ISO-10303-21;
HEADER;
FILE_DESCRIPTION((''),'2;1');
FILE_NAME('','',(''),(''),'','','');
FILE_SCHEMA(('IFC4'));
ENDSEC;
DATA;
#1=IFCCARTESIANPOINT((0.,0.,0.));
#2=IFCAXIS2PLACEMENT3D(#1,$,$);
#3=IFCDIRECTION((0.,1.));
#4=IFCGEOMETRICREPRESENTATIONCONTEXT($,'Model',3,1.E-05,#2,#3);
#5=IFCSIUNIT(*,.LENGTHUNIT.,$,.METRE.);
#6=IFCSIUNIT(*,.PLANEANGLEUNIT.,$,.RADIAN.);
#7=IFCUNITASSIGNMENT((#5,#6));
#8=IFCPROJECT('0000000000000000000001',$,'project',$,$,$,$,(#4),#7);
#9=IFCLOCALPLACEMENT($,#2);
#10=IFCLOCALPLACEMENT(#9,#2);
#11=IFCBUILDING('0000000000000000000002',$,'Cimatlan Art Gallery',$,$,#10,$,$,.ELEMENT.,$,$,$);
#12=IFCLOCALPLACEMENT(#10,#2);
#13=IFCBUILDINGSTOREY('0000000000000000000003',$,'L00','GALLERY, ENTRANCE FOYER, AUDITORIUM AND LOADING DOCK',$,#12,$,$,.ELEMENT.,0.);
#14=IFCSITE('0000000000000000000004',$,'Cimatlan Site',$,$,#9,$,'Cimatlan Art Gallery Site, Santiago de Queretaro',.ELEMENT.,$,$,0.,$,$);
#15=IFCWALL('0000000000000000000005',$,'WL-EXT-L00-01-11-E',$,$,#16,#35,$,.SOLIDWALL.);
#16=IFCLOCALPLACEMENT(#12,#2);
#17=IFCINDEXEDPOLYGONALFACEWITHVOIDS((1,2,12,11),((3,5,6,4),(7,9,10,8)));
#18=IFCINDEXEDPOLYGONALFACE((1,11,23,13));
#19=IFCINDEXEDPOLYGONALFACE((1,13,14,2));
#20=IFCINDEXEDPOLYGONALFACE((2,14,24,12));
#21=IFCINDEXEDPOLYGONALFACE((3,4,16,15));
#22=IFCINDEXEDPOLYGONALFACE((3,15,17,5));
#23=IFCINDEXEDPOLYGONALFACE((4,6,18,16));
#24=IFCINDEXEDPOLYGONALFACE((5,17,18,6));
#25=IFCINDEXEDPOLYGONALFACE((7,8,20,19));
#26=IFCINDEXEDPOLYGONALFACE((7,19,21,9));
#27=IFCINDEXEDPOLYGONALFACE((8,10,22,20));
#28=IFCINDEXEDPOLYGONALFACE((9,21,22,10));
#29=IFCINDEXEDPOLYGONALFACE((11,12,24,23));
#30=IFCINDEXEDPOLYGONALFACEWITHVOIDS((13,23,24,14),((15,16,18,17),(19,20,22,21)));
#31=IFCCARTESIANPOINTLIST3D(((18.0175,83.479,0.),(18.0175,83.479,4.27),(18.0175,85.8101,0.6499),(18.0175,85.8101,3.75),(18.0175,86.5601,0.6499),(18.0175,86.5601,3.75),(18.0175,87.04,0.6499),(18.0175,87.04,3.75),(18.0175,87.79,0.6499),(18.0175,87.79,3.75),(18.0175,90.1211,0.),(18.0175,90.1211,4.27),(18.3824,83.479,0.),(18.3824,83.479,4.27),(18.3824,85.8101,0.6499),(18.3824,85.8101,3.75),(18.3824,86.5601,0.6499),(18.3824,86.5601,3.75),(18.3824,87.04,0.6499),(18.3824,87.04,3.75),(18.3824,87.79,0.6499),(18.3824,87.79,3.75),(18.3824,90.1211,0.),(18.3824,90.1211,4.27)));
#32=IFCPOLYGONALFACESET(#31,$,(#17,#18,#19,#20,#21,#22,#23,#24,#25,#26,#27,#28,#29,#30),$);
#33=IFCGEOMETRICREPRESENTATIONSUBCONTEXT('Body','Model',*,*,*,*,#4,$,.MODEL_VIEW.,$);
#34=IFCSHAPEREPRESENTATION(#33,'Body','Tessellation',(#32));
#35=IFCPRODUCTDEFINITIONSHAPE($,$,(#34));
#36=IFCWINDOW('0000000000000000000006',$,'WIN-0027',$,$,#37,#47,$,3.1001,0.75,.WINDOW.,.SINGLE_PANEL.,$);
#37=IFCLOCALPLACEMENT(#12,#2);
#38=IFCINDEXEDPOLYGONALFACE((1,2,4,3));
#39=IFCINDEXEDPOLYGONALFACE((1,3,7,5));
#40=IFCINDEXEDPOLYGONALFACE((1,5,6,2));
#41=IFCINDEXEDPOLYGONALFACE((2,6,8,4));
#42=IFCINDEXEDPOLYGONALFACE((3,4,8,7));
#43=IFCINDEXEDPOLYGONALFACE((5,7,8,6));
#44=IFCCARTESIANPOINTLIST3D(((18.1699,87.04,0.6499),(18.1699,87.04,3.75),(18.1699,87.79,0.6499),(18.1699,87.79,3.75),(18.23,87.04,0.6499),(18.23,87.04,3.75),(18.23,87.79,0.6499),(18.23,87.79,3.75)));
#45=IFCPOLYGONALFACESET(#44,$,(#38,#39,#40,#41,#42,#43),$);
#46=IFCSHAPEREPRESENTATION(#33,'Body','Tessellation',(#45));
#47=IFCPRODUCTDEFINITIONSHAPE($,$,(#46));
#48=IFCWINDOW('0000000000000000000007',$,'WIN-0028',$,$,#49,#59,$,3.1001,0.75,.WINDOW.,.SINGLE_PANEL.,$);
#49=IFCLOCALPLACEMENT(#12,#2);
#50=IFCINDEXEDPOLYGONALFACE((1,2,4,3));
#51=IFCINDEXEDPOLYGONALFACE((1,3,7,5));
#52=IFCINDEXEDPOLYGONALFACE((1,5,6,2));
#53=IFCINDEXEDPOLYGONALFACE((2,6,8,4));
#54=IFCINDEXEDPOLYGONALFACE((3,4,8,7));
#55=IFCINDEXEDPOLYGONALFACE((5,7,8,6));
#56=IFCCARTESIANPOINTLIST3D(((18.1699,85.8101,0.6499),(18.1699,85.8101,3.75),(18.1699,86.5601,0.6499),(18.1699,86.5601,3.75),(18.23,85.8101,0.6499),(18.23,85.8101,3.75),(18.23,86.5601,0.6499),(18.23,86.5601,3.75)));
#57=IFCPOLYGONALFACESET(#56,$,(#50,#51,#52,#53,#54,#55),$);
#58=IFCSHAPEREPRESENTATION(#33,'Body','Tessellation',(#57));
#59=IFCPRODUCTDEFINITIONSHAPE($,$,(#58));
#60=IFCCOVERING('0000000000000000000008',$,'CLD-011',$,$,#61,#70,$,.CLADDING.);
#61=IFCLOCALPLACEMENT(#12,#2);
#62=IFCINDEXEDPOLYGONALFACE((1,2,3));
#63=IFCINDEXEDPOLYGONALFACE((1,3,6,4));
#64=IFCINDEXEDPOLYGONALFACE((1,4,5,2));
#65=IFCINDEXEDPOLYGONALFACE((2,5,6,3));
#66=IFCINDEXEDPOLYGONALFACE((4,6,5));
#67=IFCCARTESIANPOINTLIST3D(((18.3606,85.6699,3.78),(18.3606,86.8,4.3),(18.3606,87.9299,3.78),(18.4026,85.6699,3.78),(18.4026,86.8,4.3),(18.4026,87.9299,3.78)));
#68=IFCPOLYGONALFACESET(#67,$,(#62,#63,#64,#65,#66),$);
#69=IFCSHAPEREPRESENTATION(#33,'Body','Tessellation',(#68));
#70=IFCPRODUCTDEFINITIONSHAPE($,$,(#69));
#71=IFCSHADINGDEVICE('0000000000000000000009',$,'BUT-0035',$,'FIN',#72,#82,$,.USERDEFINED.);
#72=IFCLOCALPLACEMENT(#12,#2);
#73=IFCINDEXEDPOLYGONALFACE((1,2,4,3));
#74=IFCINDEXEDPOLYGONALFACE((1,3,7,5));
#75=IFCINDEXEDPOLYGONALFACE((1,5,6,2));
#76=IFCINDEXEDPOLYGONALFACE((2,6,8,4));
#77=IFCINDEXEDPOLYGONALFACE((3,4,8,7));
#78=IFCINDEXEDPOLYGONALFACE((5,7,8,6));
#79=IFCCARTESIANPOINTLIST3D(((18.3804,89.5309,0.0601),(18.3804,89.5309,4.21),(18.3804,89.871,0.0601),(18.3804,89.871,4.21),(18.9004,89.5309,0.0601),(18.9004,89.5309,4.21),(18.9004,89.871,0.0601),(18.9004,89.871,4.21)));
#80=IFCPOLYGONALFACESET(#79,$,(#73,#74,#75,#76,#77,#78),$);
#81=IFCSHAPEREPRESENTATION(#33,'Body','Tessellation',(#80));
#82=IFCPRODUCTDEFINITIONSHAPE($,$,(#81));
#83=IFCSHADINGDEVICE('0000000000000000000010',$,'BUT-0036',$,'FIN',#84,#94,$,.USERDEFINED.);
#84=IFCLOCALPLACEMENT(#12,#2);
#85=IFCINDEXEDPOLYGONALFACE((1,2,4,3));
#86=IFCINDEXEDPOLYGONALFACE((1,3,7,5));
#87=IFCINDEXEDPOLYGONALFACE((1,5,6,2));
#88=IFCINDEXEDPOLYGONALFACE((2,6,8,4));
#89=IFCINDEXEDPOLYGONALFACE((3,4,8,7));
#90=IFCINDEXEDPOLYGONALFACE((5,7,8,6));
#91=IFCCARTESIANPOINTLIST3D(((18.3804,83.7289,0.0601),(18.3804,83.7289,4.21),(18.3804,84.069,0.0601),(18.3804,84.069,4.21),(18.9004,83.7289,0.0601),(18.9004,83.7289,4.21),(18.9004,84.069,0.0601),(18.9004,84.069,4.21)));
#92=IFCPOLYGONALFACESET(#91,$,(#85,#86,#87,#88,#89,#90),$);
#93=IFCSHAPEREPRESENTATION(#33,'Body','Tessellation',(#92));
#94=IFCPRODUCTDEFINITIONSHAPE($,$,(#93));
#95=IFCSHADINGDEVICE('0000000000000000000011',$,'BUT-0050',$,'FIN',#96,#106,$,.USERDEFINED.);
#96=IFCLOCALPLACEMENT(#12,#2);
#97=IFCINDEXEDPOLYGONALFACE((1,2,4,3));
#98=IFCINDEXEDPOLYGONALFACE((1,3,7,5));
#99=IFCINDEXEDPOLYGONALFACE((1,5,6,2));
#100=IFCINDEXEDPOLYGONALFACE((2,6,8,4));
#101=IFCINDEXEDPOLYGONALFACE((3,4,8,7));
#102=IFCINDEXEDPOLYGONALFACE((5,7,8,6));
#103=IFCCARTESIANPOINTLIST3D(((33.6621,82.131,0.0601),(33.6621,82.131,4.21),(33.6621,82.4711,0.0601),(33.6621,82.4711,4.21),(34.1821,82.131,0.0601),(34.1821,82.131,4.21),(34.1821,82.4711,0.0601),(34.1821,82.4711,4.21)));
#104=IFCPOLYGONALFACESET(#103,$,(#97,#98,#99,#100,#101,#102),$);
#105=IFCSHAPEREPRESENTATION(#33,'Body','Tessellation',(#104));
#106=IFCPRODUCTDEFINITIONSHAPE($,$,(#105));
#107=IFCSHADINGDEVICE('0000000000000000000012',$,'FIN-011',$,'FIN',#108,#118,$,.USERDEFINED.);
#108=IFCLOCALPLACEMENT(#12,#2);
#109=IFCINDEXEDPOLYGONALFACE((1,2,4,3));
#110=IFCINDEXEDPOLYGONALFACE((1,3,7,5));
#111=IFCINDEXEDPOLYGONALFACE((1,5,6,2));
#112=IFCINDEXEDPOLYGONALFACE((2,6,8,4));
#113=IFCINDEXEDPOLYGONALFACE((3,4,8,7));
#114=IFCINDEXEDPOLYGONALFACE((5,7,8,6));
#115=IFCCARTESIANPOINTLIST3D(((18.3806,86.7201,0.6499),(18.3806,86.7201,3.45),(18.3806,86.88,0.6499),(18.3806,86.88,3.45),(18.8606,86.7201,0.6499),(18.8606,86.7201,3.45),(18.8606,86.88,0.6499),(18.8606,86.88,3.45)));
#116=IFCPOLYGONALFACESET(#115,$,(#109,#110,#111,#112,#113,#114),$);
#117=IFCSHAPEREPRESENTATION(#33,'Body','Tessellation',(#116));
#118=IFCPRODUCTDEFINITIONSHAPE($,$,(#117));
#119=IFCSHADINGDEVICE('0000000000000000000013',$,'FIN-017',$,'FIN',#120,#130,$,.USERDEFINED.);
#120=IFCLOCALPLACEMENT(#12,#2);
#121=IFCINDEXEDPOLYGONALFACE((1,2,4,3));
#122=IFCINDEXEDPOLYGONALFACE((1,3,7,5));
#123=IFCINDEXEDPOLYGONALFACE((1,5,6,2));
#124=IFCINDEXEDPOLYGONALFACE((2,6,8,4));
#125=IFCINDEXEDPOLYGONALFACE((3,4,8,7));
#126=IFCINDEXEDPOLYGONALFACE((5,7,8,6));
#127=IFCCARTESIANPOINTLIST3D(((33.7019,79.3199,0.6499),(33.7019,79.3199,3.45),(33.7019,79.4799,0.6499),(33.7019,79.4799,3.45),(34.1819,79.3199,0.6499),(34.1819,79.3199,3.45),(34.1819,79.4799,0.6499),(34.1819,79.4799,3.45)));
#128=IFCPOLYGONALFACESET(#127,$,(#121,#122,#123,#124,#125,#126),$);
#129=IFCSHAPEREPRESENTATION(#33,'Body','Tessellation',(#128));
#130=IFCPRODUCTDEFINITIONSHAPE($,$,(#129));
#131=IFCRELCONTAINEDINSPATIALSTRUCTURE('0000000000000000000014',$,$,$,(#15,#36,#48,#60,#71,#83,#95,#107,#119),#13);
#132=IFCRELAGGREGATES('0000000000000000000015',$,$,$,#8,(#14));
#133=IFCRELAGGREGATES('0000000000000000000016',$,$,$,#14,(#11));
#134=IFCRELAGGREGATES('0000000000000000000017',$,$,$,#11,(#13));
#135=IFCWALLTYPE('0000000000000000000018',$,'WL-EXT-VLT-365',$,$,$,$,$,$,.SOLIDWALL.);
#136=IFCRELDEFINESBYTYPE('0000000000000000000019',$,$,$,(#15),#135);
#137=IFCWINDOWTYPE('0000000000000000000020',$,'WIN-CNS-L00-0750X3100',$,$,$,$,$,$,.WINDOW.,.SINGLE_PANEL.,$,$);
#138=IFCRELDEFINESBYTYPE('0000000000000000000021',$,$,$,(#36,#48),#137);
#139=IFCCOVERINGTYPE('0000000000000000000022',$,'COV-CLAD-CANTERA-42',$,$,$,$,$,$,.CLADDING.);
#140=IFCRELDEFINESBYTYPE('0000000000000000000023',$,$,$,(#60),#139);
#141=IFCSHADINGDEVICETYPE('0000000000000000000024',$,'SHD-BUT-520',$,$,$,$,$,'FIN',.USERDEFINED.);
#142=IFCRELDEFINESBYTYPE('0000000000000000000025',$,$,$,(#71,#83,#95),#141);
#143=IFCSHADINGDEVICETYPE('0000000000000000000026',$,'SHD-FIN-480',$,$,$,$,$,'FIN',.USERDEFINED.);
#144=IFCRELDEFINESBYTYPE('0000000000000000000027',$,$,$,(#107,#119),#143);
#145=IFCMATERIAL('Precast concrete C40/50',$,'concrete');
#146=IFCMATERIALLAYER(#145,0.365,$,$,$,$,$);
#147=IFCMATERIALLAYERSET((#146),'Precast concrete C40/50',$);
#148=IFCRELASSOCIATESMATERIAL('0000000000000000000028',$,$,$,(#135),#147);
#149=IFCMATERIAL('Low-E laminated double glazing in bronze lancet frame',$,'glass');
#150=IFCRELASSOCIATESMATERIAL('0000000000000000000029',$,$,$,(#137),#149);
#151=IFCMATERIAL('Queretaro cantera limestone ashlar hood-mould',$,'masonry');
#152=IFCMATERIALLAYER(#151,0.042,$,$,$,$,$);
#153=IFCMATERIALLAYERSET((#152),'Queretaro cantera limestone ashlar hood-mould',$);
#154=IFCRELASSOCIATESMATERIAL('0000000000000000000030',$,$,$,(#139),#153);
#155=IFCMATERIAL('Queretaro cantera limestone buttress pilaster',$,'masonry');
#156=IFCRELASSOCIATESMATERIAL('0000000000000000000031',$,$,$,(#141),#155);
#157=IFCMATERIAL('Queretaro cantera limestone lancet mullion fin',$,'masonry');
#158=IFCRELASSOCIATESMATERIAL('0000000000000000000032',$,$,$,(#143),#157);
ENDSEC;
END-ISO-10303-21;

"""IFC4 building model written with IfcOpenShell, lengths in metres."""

from ifc_helpers import new_model, si_unit, direction, frame, frame_2d, origin, origin_2d, place, context, subcontext, project, spatial, polyline, rectangle, outline, extrude, material, layer, layer_set, type_object, element, fill, save


model = new_model("IFC4")

# Units and contexts
model_context = context("Model", 3, precision=1e-05, world=origin(), true_north=direction((0.0, 1.0)))
body_context = subcontext(model_context, "Body", "Model", "MODEL_VIEW")
ifc_project = project(units=[si_unit("LENGTHUNIT", "METRE"), si_unit("PLANEANGLEUNIT", "RADIAN")], contexts=[model_context])

# Site, building, storey
site_placement = place(None, origin())
site = spatial("IfcSite", under=ifc_project, at=site_placement, Name="Cimatlan Site", LongName="Cimatlan Art Gallery Site, Santiago de Queretaro", CompositionType="ELEMENT", RefElevation=0.0)
building_placement = place(site_placement, origin())
building = spatial("IfcBuilding", under=site, at=building_placement, Name="Cimatlan Art Gallery", CompositionType="ELEMENT")
storey_placement = place(building_placement, origin())
storey = spatial("IfcBuildingStorey", under=building, at=storey_placement, Name="L00", Description="GALLERY, ENTRANCE FOYER, AUDITORIUM AND LOADING DOCK", CompositionType="ELEMENT", Elevation=0.0)

# Wall, openings, windows
ifc_material_1 = material(Name="Precast concrete C40/50", Category="concrete")
ifc_layer_1 = layer(ifc_material_1, 0.365)
ifc_layer_set_1 = layer_set([ifc_layer_1], Name="Precast concrete C40/50")
wall_type = type_object("IfcWallType", Name="WL-EXT-VLT-365", PredefinedType="SOLIDWALL", material=ifc_layer_set_1)
wall_placement = place(storey_placement, frame((18.2, 90.1211, 0.0), z_axis=(0.0, 0.0, 1.0), x_axis=(0.0, -1.0, 0.0)))
wall = element("IfcWall", 1, at=wall_placement, inside=storey, type_object=wall_type, Name="WL-EXT-L00-01-11-E", PredefinedType="SOLIDWALL", context=body_context, shape_type="SweptSolid", body=[
    extrude(rectangle(XDim=6.6421, YDim=0.365, at=frame_2d((3.321, 0.0))), origin(), (0.0, 0.0, 1.0), 4.27),
])
opening_1_placement = place(wall_placement, frame((2.3311, 0.0, 0.6499)))
opening_1 = element("IfcOpeningElement", 2, at=opening_1_placement, cuts=wall, PredefinedType="OPENING", context=body_context, shape_type="SweptSolid", body=[
    extrude(rectangle(XDim=0.75, YDim=3.1001, at=frame_2d((0.375, 1.55))), frame((0.0, 0.1924, 0.0), z_axis=(0.0, -1.0, 0.0), x_axis=(1.0, 0.0, 0.0)), (0.0, 0.0, 1.0), 0.385),
])
opening_2_placement = place(wall_placement, frame((3.561, 0.0, 0.6499)))
opening_2 = element("IfcOpeningElement", 3, at=opening_2_placement, cuts=wall, PredefinedType="OPENING", context=body_context, shape_type="SweptSolid", body=[
    extrude(rectangle(XDim=0.75, YDim=3.1001, at=frame_2d((0.375, 1.55))), frame((0.0, 0.1924, 0.0), z_axis=(0.0, -1.0, 0.0), x_axis=(1.0, 0.0, 0.0)), (0.0, 0.0, 1.0), 0.385),
])
ifc_material_2 = material(Name="Low-E laminated double glazing in bronze lancet frame", Category="glass")
window_type = type_object("IfcWindowType", Name="WIN-CNS-L00-0750X3100", PartitioningType="SINGLE_PANEL", PredefinedType="WINDOW", material=ifc_material_2)
window_1_placement = place(opening_1_placement, origin())
window_1 = element("IfcWindow", 4, at=window_1_placement, inside=storey, type_object=window_type, Name="WIN-0027", OverallHeight=3.1001, OverallWidth=0.75, PartitioningType="SINGLE_PANEL", PredefinedType="WINDOW", context=body_context, shape_type="SweptSolid", body=[
    extrude(rectangle(XDim=0.75, YDim=3.1001, at=frame_2d((0.375, 1.55))), frame((0.0, 0.03, 0.0), z_axis=(0.0, -1.0, 0.0), x_axis=(1.0, 0.0, 0.0)), (0.0, 0.0, 1.0), 0.0601),
])
fill(opening_1, window_1)
window_2_placement = place(opening_2_placement, origin())
window_2 = element("IfcWindow", 5, at=window_2_placement, inside=storey, type_object=window_type, Name="WIN-0028", OverallHeight=3.1001, OverallWidth=0.75, PartitioningType="SINGLE_PANEL", PredefinedType="WINDOW", context=body_context, shape_type="SweptSolid", body=[
    extrude(rectangle(XDim=0.75, YDim=3.1001, at=frame_2d((0.375, 1.55))), frame((0.0, 0.03, 0.0), z_axis=(0.0, -1.0, 0.0), x_axis=(1.0, 0.0, 0.0)), (0.0, 0.0, 1.0), 0.0601),
])
fill(opening_2, window_2)

# Covering
ifc_material_3 = material(Name="Queretaro cantera limestone ashlar hood-mould", Category="masonry")
ifc_layer_2 = layer(ifc_material_3, 0.042)
ifc_layer_set_2 = layer_set([ifc_layer_2], Name="Queretaro cantera limestone ashlar hood-mould")
covering_type = type_object("IfcCoveringType", Name="COV-CLAD-CANTERA-42", PredefinedType="CLADDING", material=ifc_layer_set_2)
covering_placement = place(storey_placement, frame((18.3606, 87.9299, 3.78), z_axis=(-1.0, 0.0, 0.0), x_axis=(0.0, -1.0, 0.0)))
element("IfcCovering", 6, at=covering_placement, inside=storey, type_object=covering_type, Name="CLD-011", PredefinedType="CLADDING", context=body_context, shape_type="SweptSolid", body=[
    extrude(outline(polyline([(0.0, 0.0), (2.26, 0.0), (1.1299, 0.52), (0.0, 0.0)])), origin(), (0.0, 0.0, -1.0), 0.042),
])

# Shading devices
ifc_material_4 = material(Name="Queretaro cantera limestone buttress pilaster", Category="masonry")
shading_device_type_1 = type_object("IfcShadingDeviceType", Name="SHD-BUT-520", ElementType="FIN", PredefinedType="USERDEFINED", material=ifc_material_4)
for number, where, z_axis, x_axis, name in (
    (7, (18.6404, 89.7009, 0.0601), (0.0, 0.0, 1.0), (0.0, -1.0, 0.0), "BUT-0035"),
    (8, (18.6404, 83.8989, 0.0601), (0.0, 0.0, 1.0), (0.0, -1.0, 0.0), "BUT-0036"),
    (9, (33.9221, 82.301, 0.0601), (0.0, 0.0, 1.0), (0.0, 1.0, 0.0), "BUT-0050"),
):
    element("IfcShadingDevice", number, at=place(storey_placement, frame(where, z_axis=z_axis, x_axis=x_axis)), inside=storey, type_object=shading_device_type_1, Name=name, ObjectType="FIN", PredefinedType="USERDEFINED", context=body_context, shape_type="SweptSolid", body=[
        extrude(rectangle(XDim=0.3401, YDim=0.52, at=origin_2d()), origin(), (0.0, 0.0, 1.0), 4.1499),
    ])
ifc_material_5 = material(Name="Queretaro cantera limestone lancet mullion fin", Category="masonry")
shading_device_type_2 = type_object("IfcShadingDeviceType", Name="SHD-FIN-480", ElementType="FIN", PredefinedType="USERDEFINED", material=ifc_material_5)
for number, where, z_axis, x_axis, name in (
    (10, (18.6206, 86.8, 0.6499), (0.0, 0.0, 1.0), (0.0, -1.0, 0.0), "FIN-011"),
    (11, (33.9419, 79.3999, 0.6499), (0.0, 0.0, 1.0), (0.0, 1.0, 0.0), "FIN-017"),
):
    element("IfcShadingDevice", number, at=place(storey_placement, frame(where, z_axis=z_axis, x_axis=x_axis)), inside=storey, type_object=shading_device_type_2, Name=name, ObjectType="FIN", PredefinedType="USERDEFINED", context=body_context, shape_type="SweptSolid", body=[
        extrude(rectangle(XDim=0.1599, YDim=0.48, at=origin_2d()), origin(), (0.0, 0.0, 1.0), 2.8),
    ])

save(model, "model.ifc")
